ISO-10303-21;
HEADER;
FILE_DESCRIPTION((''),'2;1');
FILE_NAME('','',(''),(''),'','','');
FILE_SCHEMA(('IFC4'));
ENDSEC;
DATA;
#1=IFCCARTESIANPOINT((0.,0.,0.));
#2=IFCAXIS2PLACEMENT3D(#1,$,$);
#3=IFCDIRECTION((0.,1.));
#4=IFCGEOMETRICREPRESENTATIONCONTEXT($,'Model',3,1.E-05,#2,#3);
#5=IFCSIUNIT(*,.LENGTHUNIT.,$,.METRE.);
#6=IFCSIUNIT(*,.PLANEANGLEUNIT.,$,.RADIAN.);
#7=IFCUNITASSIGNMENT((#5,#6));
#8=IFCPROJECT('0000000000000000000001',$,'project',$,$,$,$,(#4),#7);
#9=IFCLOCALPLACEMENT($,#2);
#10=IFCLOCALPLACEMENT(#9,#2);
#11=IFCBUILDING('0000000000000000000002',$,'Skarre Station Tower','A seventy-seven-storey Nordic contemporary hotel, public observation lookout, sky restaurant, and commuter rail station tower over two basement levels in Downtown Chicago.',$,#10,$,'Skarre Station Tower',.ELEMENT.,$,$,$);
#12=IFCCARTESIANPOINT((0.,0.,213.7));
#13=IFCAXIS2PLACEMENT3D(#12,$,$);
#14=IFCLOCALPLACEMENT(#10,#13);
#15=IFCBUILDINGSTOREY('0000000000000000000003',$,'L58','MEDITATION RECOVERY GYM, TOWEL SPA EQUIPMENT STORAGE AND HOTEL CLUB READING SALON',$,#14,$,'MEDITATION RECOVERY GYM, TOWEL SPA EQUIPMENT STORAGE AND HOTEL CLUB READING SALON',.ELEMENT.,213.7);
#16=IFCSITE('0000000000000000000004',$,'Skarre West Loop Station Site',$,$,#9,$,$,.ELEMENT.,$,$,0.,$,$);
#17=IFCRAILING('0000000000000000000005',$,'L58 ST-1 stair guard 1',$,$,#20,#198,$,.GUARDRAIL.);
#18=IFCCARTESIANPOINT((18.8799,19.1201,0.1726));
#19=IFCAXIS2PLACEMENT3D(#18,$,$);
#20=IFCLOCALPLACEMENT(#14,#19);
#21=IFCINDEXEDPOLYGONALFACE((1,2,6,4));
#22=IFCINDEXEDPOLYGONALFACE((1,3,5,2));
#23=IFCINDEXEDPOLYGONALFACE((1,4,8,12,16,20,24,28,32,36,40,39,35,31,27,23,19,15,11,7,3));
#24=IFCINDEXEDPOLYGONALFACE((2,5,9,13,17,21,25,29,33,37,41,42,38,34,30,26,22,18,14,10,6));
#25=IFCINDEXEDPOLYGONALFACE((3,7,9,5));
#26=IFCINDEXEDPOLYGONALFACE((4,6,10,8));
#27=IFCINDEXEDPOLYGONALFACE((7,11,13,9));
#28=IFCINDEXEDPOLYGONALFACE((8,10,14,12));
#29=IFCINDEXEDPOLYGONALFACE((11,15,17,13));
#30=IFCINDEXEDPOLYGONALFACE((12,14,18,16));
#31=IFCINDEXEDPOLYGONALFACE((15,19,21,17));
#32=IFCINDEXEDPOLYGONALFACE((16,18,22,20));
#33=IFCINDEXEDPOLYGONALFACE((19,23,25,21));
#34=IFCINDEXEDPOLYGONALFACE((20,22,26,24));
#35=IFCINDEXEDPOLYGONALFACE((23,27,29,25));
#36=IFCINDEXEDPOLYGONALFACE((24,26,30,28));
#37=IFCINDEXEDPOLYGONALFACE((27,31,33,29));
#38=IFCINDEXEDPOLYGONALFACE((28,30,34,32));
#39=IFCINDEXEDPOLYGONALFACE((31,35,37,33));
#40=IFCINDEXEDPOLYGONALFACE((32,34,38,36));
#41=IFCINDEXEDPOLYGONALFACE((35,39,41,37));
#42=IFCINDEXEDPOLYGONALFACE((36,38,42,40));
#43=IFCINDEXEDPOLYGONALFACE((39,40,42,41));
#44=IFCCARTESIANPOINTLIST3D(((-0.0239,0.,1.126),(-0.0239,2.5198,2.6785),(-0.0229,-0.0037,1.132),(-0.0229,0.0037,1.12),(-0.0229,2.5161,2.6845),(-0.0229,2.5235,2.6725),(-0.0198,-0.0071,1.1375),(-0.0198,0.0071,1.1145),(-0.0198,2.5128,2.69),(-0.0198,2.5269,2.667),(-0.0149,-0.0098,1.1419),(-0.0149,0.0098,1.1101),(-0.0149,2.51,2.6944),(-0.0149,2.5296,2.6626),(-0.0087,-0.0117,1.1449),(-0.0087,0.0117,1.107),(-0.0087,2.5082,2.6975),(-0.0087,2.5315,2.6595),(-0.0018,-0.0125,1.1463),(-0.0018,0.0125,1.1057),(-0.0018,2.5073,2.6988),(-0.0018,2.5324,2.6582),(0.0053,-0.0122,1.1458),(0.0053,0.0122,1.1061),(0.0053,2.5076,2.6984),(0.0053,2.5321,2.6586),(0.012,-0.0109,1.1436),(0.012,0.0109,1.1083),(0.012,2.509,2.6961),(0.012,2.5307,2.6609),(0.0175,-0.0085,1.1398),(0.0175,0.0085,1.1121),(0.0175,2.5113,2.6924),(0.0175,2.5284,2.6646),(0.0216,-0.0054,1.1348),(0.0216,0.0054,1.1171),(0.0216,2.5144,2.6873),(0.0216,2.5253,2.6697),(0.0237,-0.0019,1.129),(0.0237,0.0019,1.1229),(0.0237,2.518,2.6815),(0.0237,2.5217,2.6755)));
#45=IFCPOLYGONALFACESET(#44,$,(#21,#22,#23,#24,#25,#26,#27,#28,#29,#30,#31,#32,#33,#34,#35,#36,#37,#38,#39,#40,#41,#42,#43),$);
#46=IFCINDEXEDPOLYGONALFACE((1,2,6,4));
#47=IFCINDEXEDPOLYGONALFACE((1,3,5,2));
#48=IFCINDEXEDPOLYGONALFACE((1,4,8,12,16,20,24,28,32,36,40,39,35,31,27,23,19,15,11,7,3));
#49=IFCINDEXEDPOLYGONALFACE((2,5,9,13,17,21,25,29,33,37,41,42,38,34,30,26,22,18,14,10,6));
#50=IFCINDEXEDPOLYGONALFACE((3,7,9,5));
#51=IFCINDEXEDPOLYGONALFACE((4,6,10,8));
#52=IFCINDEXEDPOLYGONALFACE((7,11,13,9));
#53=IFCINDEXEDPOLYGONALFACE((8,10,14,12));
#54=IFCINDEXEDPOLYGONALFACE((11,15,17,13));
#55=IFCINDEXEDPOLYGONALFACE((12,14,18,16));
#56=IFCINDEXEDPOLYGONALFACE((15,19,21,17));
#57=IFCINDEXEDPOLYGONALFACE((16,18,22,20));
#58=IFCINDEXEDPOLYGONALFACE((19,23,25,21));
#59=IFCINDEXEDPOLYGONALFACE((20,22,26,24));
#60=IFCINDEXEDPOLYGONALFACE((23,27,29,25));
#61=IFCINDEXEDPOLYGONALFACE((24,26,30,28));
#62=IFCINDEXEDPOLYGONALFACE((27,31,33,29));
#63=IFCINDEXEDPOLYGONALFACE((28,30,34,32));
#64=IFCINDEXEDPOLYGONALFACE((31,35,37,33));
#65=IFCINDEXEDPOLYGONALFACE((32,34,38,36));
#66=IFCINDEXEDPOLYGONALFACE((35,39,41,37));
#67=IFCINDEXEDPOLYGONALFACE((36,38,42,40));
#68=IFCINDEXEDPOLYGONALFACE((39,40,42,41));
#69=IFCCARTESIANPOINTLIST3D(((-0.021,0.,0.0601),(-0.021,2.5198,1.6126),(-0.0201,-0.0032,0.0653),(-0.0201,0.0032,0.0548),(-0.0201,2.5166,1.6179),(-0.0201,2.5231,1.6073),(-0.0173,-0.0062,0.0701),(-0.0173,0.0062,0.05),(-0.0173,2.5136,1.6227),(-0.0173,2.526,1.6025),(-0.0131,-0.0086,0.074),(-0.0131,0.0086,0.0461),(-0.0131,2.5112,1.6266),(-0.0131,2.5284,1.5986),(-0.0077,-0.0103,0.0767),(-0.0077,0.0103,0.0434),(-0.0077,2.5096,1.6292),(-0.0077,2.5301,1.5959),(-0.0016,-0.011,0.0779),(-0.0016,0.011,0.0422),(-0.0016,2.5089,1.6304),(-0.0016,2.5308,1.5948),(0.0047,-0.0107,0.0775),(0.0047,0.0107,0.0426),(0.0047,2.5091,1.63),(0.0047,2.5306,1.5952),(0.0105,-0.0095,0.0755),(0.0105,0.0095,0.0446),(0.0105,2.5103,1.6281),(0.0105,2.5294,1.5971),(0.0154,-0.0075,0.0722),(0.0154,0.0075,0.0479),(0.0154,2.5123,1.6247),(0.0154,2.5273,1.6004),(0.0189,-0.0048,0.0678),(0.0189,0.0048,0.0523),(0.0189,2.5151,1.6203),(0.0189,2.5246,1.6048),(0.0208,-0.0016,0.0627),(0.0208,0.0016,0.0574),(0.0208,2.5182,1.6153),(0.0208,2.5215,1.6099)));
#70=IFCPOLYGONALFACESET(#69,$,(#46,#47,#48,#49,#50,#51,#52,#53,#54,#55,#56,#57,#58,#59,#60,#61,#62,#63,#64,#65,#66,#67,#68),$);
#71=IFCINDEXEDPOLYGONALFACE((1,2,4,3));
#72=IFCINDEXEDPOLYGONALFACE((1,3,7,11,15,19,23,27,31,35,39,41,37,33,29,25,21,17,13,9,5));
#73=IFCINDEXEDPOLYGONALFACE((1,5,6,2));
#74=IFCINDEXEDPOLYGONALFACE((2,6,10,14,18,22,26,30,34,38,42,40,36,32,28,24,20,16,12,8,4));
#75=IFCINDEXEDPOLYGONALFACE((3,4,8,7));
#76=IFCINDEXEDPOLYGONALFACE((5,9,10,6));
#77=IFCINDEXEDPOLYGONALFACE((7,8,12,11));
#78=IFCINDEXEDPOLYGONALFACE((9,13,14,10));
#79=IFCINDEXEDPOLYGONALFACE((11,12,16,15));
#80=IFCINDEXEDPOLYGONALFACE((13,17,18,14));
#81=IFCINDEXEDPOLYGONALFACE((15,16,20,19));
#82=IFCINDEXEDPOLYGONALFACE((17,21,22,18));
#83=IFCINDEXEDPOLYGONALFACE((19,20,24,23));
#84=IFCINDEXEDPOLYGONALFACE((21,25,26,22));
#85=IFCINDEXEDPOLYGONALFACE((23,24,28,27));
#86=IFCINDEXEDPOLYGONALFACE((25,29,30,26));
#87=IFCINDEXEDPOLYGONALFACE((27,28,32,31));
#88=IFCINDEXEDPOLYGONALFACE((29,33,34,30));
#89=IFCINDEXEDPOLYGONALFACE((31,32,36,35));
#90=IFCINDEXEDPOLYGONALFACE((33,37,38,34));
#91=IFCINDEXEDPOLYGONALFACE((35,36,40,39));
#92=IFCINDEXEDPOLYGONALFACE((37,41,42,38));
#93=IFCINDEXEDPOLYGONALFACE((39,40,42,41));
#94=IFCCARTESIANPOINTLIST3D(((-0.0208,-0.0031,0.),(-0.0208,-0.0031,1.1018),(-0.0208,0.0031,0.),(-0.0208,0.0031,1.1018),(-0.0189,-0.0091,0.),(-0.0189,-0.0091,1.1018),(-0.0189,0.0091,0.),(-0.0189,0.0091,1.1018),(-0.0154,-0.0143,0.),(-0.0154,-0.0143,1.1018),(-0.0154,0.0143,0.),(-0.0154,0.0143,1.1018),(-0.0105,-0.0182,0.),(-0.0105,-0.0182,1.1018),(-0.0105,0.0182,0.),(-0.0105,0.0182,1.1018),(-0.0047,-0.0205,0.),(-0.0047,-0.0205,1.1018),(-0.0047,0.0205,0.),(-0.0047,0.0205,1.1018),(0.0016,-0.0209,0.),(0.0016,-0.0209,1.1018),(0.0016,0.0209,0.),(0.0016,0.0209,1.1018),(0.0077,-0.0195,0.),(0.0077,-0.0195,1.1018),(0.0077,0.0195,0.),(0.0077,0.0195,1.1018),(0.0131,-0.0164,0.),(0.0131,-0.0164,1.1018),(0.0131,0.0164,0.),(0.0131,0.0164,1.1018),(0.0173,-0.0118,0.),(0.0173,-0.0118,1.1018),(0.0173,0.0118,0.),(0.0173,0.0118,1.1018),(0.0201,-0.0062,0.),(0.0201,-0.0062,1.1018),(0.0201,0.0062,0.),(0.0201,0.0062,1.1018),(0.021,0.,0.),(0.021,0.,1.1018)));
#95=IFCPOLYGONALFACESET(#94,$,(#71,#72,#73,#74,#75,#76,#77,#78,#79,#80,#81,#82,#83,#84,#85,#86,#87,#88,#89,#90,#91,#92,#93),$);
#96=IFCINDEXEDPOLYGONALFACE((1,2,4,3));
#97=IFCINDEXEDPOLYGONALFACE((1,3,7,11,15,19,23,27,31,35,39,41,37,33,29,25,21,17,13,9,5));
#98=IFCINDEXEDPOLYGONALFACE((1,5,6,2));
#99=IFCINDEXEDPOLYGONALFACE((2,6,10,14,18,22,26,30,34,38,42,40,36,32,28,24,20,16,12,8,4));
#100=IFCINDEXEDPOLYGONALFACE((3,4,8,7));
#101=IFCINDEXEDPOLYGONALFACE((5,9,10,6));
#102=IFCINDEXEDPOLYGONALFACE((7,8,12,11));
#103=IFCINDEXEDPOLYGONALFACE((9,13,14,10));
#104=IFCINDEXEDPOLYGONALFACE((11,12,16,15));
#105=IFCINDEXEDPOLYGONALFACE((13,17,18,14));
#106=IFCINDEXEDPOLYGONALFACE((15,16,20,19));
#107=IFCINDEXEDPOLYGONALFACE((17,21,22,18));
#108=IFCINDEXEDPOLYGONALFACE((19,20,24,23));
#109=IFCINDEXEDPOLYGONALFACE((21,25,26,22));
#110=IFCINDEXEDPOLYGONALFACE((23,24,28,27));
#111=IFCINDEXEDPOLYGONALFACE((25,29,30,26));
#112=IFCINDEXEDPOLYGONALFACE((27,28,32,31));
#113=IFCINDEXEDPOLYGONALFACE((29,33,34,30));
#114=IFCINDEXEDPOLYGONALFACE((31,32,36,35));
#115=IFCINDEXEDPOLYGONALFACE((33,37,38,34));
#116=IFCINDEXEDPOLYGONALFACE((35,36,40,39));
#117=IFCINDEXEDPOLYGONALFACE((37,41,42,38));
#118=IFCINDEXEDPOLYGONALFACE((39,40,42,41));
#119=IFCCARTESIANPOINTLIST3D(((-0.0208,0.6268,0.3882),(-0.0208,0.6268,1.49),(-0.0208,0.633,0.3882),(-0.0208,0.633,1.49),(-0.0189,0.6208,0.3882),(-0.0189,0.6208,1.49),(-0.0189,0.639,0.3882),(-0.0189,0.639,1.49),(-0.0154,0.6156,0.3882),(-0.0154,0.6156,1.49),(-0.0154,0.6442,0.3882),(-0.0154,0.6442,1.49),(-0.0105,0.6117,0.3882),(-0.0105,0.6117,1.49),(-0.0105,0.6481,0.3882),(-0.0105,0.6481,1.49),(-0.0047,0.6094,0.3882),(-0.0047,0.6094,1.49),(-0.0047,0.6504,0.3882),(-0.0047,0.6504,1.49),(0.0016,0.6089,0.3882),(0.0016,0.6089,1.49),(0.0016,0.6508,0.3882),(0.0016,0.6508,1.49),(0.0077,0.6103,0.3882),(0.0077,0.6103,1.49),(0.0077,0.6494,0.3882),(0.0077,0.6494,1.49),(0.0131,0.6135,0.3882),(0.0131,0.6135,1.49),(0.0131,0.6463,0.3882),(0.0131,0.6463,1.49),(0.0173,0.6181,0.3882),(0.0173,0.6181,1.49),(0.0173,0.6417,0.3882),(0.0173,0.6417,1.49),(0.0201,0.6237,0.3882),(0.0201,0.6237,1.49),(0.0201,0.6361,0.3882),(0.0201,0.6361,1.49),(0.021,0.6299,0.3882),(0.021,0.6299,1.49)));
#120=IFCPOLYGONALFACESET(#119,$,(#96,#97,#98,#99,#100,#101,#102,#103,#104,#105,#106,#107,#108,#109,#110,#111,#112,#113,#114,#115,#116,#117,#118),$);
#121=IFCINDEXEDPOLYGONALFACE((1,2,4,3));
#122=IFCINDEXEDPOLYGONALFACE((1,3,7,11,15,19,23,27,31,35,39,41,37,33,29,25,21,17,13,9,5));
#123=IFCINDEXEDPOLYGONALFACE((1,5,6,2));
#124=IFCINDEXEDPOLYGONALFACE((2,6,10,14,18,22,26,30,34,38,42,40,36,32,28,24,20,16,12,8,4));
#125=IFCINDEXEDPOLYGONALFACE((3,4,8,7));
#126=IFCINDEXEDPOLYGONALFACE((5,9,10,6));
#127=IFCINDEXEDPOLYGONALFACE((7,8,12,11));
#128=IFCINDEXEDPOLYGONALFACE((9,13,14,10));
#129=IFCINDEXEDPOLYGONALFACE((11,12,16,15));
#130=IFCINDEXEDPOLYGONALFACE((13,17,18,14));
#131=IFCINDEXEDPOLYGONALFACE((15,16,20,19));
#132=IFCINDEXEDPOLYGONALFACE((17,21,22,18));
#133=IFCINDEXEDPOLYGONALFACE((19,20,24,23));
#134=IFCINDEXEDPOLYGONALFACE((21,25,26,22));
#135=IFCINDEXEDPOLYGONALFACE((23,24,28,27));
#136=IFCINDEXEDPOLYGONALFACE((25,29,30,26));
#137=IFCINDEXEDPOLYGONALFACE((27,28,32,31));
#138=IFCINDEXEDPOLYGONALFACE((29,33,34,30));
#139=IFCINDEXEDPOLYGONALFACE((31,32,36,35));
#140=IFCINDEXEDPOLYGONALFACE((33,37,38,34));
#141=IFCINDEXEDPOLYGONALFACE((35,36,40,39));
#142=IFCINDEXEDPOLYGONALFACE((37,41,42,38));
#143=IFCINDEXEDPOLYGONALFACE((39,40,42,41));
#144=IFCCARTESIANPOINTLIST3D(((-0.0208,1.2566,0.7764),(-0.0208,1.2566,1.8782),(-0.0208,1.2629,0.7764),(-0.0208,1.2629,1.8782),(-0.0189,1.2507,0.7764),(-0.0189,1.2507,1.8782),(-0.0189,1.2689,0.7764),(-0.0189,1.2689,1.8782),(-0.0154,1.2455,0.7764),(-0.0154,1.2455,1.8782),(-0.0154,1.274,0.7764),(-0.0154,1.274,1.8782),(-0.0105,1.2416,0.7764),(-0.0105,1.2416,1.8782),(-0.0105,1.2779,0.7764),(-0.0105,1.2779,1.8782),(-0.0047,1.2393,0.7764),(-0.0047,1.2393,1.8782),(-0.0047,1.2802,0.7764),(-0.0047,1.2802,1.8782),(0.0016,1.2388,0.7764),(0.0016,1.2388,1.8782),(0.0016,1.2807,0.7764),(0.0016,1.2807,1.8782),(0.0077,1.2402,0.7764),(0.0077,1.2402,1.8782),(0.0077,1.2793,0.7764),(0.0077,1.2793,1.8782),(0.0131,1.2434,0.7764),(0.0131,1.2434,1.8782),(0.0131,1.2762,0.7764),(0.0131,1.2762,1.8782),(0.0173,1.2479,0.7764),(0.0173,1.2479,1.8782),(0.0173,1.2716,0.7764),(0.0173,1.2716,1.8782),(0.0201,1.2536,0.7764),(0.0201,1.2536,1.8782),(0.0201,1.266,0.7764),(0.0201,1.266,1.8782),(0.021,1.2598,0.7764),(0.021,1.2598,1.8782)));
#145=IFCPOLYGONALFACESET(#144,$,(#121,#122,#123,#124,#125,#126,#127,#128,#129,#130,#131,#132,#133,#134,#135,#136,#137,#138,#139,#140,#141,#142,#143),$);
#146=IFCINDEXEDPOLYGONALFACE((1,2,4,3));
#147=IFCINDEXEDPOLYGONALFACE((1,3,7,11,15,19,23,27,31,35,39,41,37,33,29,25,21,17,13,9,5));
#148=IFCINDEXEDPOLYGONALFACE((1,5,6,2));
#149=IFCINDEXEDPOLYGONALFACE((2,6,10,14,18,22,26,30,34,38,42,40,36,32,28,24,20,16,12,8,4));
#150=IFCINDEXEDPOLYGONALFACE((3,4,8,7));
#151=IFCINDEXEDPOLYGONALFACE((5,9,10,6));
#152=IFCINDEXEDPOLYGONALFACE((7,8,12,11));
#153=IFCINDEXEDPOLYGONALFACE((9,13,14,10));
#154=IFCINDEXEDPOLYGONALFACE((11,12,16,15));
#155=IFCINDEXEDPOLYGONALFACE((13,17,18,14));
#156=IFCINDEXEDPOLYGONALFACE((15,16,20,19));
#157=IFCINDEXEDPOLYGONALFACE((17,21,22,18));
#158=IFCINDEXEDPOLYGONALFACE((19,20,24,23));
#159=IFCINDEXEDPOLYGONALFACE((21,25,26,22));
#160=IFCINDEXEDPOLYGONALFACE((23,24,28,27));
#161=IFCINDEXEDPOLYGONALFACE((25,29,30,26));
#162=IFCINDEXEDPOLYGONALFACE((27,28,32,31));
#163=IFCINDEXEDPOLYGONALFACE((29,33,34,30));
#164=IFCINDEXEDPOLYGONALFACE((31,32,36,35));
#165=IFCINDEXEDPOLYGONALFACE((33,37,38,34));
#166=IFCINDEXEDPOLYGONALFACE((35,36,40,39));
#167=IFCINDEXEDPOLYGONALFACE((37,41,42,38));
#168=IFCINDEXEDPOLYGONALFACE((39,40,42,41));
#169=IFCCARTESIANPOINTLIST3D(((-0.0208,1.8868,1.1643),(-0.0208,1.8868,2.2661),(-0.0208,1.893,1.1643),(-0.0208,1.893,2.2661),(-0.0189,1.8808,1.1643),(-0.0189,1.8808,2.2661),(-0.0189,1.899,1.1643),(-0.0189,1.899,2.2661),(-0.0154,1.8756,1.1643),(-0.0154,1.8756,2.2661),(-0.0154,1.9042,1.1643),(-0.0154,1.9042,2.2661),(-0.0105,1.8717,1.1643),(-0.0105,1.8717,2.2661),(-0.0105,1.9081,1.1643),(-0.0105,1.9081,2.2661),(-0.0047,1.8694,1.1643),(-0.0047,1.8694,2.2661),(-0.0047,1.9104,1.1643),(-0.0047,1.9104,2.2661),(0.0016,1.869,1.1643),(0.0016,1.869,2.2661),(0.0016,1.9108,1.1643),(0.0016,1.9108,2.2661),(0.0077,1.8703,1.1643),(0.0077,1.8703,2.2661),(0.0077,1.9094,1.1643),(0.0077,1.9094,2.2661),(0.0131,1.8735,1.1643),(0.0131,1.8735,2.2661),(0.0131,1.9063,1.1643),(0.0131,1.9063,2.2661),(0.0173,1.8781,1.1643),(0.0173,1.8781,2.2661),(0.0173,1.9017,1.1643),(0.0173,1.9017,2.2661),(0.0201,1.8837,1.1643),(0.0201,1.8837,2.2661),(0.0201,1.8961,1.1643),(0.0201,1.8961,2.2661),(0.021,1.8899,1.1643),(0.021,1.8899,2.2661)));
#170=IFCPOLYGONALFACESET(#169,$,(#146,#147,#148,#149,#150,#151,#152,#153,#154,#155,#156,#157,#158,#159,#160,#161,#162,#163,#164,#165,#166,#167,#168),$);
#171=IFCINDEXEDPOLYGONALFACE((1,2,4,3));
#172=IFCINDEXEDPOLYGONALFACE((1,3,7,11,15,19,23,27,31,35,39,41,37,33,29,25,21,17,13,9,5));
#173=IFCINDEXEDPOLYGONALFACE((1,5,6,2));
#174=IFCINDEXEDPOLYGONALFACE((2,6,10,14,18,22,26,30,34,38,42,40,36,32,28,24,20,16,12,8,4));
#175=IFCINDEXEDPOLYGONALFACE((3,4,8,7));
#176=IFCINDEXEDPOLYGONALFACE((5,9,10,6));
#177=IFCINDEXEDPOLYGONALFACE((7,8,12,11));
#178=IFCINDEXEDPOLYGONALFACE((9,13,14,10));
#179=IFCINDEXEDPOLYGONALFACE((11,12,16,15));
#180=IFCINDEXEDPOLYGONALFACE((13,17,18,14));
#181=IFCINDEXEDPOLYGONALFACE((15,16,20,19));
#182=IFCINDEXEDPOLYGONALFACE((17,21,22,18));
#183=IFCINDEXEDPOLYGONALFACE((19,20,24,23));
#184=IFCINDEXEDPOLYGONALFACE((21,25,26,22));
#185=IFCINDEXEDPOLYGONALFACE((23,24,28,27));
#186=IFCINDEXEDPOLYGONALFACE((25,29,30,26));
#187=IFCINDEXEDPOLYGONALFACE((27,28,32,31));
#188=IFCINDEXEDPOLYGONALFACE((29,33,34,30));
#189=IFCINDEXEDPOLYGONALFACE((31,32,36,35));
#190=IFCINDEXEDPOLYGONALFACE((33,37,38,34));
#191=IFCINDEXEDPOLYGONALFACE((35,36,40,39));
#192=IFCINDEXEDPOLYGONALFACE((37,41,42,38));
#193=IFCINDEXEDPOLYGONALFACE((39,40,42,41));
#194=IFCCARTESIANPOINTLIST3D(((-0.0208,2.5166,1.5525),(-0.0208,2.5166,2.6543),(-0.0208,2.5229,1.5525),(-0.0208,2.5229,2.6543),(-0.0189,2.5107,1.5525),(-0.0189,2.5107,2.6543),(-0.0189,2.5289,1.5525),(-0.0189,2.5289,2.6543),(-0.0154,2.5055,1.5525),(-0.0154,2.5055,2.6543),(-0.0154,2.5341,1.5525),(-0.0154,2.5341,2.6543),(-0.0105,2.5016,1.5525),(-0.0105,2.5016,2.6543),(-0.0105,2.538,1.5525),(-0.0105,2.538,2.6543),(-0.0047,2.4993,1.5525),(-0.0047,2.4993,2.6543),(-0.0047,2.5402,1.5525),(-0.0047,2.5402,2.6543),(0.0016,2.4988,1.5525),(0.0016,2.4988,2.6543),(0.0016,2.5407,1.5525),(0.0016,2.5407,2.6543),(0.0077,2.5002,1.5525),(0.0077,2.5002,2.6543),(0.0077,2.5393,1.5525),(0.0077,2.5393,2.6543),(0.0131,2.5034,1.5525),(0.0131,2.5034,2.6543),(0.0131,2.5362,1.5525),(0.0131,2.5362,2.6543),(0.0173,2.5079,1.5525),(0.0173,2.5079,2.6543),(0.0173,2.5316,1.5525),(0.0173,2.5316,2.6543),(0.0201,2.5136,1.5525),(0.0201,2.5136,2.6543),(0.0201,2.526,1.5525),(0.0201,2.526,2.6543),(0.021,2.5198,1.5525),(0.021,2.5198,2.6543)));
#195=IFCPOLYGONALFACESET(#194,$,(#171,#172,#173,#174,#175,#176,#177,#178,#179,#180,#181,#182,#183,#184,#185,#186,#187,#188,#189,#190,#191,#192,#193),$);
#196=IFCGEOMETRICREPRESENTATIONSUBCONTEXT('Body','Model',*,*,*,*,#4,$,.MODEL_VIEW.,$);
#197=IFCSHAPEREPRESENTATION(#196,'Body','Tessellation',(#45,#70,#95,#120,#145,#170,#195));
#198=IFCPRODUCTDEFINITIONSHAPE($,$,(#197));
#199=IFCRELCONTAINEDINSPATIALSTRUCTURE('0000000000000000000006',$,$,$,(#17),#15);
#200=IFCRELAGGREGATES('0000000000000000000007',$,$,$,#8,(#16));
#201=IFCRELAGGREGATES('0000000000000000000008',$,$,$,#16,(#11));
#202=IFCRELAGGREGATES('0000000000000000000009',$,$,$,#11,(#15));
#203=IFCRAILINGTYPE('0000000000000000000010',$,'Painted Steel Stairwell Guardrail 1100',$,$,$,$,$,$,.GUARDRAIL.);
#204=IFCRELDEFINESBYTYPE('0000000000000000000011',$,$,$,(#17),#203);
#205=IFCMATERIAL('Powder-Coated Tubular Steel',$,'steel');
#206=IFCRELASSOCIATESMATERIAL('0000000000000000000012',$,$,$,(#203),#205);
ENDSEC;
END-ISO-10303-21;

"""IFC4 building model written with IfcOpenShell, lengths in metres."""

from ifc_helpers import new_model, si_unit, direction, frame, origin, origin_2d, place, context, subcontext, project, spatial, circle, extrude, material, type_object, element, save


model = new_model("IFC4")

# Units and contexts
model_context = context("Model", 3, precision=1e-05, world=origin(), true_north=direction((0.0, 1.0)))
body_context = subcontext(model_context, "Body", "Model", "MODEL_VIEW")
ifc_project = project(units=[si_unit("LENGTHUNIT", "METRE"), si_unit("PLANEANGLEUNIT", "RADIAN")], contexts=[model_context])

# Site, building, storey
site_placement = place(None, origin())
site = spatial("IfcSite", under=ifc_project, at=site_placement, Name="Skarre West Loop Station Site", CompositionType="ELEMENT", RefElevation=0.0)
building_placement = place(site_placement, origin())
building = spatial("IfcBuilding", under=site, at=building_placement, Name="Skarre Station Tower", Description="A seventy-seven-storey Nordic contemporary hotel, public observation lookout, sky restaurant, and commuter rail station tower over two basement levels in Downtown Chicago.", LongName="Skarre Station Tower", CompositionType="ELEMENT")
storey_placement = place(building_placement, frame((0.0, 0.0, 213.7)))
storey = spatial("IfcBuildingStorey", under=building, at=storey_placement, Name="L58", Description="MEDITATION RECOVERY GYM, TOWEL SPA EQUIPMENT STORAGE AND HOTEL CLUB READING SALON", LongName="MEDITATION RECOVERY GYM, TOWEL SPA EQUIPMENT STORAGE AND HOTEL CLUB READING SALON", CompositionType="ELEMENT", Elevation=213.7)

# Railing
ifc_material_1 = material(Name="Powder-Coated Tubular Steel", Category="steel")
railing_type = type_object("IfcRailingType", Name="Painted Steel Stairwell Guardrail 1100", PredefinedType="GUARDRAIL", material=ifc_material_1)
railing_1_placement = place(storey_placement, frame((18.8799, 19.1201, 0.1726)))
element("IfcRailing", 1, at=railing_1_placement, inside=storey, type_object=railing_type, Name="L58 ST-1 stair guard 1", PredefinedType="GUARDRAIL", context=body_context, shape_type="SweptSolid", body=[
    extrude(circle(Radius=0.0239, at=origin_2d()), frame((0.0, 0.0, 1.126), z_axis=(0.0, 0.851378, 0.524553), x_axis=(-1.0, 0.0, 0.0)), (0.0, 0.0, 1.0), 2.9597),
    extrude(circle(Radius=0.021, at=origin_2d()), frame((0.0, 0.0, 0.0601), z_axis=(0.0, 0.851378, 0.524553), x_axis=(-1.0, 0.0, 0.0)), (0.0, 0.0, 1.0), 2.9597),
    extrude(circle(Radius=0.021, at=origin_2d()), origin(), (0.0, 0.0, 1.0), 1.1018),
    extrude(circle(Radius=0.021, at=origin_2d()), frame((0.0, 0.6299, 0.3882)), (0.0, 0.0, 1.0), 1.1018),
    extrude(circle(Radius=0.021, at=origin_2d()), frame((0.0, 1.2598, 0.7764)), (0.0, 0.0, 1.0), 1.1018),
    extrude(circle(Radius=0.021, at=origin_2d()), frame((0.0, 1.8899, 1.1643)), (0.0, 0.0, 1.0), 1.1018),
    extrude(circle(Radius=0.021, at=origin_2d()), frame((0.0, 2.5198, 1.5525)), (0.0, 0.0, 1.0), 1.1018),
])

save(model, "model.ifc")
